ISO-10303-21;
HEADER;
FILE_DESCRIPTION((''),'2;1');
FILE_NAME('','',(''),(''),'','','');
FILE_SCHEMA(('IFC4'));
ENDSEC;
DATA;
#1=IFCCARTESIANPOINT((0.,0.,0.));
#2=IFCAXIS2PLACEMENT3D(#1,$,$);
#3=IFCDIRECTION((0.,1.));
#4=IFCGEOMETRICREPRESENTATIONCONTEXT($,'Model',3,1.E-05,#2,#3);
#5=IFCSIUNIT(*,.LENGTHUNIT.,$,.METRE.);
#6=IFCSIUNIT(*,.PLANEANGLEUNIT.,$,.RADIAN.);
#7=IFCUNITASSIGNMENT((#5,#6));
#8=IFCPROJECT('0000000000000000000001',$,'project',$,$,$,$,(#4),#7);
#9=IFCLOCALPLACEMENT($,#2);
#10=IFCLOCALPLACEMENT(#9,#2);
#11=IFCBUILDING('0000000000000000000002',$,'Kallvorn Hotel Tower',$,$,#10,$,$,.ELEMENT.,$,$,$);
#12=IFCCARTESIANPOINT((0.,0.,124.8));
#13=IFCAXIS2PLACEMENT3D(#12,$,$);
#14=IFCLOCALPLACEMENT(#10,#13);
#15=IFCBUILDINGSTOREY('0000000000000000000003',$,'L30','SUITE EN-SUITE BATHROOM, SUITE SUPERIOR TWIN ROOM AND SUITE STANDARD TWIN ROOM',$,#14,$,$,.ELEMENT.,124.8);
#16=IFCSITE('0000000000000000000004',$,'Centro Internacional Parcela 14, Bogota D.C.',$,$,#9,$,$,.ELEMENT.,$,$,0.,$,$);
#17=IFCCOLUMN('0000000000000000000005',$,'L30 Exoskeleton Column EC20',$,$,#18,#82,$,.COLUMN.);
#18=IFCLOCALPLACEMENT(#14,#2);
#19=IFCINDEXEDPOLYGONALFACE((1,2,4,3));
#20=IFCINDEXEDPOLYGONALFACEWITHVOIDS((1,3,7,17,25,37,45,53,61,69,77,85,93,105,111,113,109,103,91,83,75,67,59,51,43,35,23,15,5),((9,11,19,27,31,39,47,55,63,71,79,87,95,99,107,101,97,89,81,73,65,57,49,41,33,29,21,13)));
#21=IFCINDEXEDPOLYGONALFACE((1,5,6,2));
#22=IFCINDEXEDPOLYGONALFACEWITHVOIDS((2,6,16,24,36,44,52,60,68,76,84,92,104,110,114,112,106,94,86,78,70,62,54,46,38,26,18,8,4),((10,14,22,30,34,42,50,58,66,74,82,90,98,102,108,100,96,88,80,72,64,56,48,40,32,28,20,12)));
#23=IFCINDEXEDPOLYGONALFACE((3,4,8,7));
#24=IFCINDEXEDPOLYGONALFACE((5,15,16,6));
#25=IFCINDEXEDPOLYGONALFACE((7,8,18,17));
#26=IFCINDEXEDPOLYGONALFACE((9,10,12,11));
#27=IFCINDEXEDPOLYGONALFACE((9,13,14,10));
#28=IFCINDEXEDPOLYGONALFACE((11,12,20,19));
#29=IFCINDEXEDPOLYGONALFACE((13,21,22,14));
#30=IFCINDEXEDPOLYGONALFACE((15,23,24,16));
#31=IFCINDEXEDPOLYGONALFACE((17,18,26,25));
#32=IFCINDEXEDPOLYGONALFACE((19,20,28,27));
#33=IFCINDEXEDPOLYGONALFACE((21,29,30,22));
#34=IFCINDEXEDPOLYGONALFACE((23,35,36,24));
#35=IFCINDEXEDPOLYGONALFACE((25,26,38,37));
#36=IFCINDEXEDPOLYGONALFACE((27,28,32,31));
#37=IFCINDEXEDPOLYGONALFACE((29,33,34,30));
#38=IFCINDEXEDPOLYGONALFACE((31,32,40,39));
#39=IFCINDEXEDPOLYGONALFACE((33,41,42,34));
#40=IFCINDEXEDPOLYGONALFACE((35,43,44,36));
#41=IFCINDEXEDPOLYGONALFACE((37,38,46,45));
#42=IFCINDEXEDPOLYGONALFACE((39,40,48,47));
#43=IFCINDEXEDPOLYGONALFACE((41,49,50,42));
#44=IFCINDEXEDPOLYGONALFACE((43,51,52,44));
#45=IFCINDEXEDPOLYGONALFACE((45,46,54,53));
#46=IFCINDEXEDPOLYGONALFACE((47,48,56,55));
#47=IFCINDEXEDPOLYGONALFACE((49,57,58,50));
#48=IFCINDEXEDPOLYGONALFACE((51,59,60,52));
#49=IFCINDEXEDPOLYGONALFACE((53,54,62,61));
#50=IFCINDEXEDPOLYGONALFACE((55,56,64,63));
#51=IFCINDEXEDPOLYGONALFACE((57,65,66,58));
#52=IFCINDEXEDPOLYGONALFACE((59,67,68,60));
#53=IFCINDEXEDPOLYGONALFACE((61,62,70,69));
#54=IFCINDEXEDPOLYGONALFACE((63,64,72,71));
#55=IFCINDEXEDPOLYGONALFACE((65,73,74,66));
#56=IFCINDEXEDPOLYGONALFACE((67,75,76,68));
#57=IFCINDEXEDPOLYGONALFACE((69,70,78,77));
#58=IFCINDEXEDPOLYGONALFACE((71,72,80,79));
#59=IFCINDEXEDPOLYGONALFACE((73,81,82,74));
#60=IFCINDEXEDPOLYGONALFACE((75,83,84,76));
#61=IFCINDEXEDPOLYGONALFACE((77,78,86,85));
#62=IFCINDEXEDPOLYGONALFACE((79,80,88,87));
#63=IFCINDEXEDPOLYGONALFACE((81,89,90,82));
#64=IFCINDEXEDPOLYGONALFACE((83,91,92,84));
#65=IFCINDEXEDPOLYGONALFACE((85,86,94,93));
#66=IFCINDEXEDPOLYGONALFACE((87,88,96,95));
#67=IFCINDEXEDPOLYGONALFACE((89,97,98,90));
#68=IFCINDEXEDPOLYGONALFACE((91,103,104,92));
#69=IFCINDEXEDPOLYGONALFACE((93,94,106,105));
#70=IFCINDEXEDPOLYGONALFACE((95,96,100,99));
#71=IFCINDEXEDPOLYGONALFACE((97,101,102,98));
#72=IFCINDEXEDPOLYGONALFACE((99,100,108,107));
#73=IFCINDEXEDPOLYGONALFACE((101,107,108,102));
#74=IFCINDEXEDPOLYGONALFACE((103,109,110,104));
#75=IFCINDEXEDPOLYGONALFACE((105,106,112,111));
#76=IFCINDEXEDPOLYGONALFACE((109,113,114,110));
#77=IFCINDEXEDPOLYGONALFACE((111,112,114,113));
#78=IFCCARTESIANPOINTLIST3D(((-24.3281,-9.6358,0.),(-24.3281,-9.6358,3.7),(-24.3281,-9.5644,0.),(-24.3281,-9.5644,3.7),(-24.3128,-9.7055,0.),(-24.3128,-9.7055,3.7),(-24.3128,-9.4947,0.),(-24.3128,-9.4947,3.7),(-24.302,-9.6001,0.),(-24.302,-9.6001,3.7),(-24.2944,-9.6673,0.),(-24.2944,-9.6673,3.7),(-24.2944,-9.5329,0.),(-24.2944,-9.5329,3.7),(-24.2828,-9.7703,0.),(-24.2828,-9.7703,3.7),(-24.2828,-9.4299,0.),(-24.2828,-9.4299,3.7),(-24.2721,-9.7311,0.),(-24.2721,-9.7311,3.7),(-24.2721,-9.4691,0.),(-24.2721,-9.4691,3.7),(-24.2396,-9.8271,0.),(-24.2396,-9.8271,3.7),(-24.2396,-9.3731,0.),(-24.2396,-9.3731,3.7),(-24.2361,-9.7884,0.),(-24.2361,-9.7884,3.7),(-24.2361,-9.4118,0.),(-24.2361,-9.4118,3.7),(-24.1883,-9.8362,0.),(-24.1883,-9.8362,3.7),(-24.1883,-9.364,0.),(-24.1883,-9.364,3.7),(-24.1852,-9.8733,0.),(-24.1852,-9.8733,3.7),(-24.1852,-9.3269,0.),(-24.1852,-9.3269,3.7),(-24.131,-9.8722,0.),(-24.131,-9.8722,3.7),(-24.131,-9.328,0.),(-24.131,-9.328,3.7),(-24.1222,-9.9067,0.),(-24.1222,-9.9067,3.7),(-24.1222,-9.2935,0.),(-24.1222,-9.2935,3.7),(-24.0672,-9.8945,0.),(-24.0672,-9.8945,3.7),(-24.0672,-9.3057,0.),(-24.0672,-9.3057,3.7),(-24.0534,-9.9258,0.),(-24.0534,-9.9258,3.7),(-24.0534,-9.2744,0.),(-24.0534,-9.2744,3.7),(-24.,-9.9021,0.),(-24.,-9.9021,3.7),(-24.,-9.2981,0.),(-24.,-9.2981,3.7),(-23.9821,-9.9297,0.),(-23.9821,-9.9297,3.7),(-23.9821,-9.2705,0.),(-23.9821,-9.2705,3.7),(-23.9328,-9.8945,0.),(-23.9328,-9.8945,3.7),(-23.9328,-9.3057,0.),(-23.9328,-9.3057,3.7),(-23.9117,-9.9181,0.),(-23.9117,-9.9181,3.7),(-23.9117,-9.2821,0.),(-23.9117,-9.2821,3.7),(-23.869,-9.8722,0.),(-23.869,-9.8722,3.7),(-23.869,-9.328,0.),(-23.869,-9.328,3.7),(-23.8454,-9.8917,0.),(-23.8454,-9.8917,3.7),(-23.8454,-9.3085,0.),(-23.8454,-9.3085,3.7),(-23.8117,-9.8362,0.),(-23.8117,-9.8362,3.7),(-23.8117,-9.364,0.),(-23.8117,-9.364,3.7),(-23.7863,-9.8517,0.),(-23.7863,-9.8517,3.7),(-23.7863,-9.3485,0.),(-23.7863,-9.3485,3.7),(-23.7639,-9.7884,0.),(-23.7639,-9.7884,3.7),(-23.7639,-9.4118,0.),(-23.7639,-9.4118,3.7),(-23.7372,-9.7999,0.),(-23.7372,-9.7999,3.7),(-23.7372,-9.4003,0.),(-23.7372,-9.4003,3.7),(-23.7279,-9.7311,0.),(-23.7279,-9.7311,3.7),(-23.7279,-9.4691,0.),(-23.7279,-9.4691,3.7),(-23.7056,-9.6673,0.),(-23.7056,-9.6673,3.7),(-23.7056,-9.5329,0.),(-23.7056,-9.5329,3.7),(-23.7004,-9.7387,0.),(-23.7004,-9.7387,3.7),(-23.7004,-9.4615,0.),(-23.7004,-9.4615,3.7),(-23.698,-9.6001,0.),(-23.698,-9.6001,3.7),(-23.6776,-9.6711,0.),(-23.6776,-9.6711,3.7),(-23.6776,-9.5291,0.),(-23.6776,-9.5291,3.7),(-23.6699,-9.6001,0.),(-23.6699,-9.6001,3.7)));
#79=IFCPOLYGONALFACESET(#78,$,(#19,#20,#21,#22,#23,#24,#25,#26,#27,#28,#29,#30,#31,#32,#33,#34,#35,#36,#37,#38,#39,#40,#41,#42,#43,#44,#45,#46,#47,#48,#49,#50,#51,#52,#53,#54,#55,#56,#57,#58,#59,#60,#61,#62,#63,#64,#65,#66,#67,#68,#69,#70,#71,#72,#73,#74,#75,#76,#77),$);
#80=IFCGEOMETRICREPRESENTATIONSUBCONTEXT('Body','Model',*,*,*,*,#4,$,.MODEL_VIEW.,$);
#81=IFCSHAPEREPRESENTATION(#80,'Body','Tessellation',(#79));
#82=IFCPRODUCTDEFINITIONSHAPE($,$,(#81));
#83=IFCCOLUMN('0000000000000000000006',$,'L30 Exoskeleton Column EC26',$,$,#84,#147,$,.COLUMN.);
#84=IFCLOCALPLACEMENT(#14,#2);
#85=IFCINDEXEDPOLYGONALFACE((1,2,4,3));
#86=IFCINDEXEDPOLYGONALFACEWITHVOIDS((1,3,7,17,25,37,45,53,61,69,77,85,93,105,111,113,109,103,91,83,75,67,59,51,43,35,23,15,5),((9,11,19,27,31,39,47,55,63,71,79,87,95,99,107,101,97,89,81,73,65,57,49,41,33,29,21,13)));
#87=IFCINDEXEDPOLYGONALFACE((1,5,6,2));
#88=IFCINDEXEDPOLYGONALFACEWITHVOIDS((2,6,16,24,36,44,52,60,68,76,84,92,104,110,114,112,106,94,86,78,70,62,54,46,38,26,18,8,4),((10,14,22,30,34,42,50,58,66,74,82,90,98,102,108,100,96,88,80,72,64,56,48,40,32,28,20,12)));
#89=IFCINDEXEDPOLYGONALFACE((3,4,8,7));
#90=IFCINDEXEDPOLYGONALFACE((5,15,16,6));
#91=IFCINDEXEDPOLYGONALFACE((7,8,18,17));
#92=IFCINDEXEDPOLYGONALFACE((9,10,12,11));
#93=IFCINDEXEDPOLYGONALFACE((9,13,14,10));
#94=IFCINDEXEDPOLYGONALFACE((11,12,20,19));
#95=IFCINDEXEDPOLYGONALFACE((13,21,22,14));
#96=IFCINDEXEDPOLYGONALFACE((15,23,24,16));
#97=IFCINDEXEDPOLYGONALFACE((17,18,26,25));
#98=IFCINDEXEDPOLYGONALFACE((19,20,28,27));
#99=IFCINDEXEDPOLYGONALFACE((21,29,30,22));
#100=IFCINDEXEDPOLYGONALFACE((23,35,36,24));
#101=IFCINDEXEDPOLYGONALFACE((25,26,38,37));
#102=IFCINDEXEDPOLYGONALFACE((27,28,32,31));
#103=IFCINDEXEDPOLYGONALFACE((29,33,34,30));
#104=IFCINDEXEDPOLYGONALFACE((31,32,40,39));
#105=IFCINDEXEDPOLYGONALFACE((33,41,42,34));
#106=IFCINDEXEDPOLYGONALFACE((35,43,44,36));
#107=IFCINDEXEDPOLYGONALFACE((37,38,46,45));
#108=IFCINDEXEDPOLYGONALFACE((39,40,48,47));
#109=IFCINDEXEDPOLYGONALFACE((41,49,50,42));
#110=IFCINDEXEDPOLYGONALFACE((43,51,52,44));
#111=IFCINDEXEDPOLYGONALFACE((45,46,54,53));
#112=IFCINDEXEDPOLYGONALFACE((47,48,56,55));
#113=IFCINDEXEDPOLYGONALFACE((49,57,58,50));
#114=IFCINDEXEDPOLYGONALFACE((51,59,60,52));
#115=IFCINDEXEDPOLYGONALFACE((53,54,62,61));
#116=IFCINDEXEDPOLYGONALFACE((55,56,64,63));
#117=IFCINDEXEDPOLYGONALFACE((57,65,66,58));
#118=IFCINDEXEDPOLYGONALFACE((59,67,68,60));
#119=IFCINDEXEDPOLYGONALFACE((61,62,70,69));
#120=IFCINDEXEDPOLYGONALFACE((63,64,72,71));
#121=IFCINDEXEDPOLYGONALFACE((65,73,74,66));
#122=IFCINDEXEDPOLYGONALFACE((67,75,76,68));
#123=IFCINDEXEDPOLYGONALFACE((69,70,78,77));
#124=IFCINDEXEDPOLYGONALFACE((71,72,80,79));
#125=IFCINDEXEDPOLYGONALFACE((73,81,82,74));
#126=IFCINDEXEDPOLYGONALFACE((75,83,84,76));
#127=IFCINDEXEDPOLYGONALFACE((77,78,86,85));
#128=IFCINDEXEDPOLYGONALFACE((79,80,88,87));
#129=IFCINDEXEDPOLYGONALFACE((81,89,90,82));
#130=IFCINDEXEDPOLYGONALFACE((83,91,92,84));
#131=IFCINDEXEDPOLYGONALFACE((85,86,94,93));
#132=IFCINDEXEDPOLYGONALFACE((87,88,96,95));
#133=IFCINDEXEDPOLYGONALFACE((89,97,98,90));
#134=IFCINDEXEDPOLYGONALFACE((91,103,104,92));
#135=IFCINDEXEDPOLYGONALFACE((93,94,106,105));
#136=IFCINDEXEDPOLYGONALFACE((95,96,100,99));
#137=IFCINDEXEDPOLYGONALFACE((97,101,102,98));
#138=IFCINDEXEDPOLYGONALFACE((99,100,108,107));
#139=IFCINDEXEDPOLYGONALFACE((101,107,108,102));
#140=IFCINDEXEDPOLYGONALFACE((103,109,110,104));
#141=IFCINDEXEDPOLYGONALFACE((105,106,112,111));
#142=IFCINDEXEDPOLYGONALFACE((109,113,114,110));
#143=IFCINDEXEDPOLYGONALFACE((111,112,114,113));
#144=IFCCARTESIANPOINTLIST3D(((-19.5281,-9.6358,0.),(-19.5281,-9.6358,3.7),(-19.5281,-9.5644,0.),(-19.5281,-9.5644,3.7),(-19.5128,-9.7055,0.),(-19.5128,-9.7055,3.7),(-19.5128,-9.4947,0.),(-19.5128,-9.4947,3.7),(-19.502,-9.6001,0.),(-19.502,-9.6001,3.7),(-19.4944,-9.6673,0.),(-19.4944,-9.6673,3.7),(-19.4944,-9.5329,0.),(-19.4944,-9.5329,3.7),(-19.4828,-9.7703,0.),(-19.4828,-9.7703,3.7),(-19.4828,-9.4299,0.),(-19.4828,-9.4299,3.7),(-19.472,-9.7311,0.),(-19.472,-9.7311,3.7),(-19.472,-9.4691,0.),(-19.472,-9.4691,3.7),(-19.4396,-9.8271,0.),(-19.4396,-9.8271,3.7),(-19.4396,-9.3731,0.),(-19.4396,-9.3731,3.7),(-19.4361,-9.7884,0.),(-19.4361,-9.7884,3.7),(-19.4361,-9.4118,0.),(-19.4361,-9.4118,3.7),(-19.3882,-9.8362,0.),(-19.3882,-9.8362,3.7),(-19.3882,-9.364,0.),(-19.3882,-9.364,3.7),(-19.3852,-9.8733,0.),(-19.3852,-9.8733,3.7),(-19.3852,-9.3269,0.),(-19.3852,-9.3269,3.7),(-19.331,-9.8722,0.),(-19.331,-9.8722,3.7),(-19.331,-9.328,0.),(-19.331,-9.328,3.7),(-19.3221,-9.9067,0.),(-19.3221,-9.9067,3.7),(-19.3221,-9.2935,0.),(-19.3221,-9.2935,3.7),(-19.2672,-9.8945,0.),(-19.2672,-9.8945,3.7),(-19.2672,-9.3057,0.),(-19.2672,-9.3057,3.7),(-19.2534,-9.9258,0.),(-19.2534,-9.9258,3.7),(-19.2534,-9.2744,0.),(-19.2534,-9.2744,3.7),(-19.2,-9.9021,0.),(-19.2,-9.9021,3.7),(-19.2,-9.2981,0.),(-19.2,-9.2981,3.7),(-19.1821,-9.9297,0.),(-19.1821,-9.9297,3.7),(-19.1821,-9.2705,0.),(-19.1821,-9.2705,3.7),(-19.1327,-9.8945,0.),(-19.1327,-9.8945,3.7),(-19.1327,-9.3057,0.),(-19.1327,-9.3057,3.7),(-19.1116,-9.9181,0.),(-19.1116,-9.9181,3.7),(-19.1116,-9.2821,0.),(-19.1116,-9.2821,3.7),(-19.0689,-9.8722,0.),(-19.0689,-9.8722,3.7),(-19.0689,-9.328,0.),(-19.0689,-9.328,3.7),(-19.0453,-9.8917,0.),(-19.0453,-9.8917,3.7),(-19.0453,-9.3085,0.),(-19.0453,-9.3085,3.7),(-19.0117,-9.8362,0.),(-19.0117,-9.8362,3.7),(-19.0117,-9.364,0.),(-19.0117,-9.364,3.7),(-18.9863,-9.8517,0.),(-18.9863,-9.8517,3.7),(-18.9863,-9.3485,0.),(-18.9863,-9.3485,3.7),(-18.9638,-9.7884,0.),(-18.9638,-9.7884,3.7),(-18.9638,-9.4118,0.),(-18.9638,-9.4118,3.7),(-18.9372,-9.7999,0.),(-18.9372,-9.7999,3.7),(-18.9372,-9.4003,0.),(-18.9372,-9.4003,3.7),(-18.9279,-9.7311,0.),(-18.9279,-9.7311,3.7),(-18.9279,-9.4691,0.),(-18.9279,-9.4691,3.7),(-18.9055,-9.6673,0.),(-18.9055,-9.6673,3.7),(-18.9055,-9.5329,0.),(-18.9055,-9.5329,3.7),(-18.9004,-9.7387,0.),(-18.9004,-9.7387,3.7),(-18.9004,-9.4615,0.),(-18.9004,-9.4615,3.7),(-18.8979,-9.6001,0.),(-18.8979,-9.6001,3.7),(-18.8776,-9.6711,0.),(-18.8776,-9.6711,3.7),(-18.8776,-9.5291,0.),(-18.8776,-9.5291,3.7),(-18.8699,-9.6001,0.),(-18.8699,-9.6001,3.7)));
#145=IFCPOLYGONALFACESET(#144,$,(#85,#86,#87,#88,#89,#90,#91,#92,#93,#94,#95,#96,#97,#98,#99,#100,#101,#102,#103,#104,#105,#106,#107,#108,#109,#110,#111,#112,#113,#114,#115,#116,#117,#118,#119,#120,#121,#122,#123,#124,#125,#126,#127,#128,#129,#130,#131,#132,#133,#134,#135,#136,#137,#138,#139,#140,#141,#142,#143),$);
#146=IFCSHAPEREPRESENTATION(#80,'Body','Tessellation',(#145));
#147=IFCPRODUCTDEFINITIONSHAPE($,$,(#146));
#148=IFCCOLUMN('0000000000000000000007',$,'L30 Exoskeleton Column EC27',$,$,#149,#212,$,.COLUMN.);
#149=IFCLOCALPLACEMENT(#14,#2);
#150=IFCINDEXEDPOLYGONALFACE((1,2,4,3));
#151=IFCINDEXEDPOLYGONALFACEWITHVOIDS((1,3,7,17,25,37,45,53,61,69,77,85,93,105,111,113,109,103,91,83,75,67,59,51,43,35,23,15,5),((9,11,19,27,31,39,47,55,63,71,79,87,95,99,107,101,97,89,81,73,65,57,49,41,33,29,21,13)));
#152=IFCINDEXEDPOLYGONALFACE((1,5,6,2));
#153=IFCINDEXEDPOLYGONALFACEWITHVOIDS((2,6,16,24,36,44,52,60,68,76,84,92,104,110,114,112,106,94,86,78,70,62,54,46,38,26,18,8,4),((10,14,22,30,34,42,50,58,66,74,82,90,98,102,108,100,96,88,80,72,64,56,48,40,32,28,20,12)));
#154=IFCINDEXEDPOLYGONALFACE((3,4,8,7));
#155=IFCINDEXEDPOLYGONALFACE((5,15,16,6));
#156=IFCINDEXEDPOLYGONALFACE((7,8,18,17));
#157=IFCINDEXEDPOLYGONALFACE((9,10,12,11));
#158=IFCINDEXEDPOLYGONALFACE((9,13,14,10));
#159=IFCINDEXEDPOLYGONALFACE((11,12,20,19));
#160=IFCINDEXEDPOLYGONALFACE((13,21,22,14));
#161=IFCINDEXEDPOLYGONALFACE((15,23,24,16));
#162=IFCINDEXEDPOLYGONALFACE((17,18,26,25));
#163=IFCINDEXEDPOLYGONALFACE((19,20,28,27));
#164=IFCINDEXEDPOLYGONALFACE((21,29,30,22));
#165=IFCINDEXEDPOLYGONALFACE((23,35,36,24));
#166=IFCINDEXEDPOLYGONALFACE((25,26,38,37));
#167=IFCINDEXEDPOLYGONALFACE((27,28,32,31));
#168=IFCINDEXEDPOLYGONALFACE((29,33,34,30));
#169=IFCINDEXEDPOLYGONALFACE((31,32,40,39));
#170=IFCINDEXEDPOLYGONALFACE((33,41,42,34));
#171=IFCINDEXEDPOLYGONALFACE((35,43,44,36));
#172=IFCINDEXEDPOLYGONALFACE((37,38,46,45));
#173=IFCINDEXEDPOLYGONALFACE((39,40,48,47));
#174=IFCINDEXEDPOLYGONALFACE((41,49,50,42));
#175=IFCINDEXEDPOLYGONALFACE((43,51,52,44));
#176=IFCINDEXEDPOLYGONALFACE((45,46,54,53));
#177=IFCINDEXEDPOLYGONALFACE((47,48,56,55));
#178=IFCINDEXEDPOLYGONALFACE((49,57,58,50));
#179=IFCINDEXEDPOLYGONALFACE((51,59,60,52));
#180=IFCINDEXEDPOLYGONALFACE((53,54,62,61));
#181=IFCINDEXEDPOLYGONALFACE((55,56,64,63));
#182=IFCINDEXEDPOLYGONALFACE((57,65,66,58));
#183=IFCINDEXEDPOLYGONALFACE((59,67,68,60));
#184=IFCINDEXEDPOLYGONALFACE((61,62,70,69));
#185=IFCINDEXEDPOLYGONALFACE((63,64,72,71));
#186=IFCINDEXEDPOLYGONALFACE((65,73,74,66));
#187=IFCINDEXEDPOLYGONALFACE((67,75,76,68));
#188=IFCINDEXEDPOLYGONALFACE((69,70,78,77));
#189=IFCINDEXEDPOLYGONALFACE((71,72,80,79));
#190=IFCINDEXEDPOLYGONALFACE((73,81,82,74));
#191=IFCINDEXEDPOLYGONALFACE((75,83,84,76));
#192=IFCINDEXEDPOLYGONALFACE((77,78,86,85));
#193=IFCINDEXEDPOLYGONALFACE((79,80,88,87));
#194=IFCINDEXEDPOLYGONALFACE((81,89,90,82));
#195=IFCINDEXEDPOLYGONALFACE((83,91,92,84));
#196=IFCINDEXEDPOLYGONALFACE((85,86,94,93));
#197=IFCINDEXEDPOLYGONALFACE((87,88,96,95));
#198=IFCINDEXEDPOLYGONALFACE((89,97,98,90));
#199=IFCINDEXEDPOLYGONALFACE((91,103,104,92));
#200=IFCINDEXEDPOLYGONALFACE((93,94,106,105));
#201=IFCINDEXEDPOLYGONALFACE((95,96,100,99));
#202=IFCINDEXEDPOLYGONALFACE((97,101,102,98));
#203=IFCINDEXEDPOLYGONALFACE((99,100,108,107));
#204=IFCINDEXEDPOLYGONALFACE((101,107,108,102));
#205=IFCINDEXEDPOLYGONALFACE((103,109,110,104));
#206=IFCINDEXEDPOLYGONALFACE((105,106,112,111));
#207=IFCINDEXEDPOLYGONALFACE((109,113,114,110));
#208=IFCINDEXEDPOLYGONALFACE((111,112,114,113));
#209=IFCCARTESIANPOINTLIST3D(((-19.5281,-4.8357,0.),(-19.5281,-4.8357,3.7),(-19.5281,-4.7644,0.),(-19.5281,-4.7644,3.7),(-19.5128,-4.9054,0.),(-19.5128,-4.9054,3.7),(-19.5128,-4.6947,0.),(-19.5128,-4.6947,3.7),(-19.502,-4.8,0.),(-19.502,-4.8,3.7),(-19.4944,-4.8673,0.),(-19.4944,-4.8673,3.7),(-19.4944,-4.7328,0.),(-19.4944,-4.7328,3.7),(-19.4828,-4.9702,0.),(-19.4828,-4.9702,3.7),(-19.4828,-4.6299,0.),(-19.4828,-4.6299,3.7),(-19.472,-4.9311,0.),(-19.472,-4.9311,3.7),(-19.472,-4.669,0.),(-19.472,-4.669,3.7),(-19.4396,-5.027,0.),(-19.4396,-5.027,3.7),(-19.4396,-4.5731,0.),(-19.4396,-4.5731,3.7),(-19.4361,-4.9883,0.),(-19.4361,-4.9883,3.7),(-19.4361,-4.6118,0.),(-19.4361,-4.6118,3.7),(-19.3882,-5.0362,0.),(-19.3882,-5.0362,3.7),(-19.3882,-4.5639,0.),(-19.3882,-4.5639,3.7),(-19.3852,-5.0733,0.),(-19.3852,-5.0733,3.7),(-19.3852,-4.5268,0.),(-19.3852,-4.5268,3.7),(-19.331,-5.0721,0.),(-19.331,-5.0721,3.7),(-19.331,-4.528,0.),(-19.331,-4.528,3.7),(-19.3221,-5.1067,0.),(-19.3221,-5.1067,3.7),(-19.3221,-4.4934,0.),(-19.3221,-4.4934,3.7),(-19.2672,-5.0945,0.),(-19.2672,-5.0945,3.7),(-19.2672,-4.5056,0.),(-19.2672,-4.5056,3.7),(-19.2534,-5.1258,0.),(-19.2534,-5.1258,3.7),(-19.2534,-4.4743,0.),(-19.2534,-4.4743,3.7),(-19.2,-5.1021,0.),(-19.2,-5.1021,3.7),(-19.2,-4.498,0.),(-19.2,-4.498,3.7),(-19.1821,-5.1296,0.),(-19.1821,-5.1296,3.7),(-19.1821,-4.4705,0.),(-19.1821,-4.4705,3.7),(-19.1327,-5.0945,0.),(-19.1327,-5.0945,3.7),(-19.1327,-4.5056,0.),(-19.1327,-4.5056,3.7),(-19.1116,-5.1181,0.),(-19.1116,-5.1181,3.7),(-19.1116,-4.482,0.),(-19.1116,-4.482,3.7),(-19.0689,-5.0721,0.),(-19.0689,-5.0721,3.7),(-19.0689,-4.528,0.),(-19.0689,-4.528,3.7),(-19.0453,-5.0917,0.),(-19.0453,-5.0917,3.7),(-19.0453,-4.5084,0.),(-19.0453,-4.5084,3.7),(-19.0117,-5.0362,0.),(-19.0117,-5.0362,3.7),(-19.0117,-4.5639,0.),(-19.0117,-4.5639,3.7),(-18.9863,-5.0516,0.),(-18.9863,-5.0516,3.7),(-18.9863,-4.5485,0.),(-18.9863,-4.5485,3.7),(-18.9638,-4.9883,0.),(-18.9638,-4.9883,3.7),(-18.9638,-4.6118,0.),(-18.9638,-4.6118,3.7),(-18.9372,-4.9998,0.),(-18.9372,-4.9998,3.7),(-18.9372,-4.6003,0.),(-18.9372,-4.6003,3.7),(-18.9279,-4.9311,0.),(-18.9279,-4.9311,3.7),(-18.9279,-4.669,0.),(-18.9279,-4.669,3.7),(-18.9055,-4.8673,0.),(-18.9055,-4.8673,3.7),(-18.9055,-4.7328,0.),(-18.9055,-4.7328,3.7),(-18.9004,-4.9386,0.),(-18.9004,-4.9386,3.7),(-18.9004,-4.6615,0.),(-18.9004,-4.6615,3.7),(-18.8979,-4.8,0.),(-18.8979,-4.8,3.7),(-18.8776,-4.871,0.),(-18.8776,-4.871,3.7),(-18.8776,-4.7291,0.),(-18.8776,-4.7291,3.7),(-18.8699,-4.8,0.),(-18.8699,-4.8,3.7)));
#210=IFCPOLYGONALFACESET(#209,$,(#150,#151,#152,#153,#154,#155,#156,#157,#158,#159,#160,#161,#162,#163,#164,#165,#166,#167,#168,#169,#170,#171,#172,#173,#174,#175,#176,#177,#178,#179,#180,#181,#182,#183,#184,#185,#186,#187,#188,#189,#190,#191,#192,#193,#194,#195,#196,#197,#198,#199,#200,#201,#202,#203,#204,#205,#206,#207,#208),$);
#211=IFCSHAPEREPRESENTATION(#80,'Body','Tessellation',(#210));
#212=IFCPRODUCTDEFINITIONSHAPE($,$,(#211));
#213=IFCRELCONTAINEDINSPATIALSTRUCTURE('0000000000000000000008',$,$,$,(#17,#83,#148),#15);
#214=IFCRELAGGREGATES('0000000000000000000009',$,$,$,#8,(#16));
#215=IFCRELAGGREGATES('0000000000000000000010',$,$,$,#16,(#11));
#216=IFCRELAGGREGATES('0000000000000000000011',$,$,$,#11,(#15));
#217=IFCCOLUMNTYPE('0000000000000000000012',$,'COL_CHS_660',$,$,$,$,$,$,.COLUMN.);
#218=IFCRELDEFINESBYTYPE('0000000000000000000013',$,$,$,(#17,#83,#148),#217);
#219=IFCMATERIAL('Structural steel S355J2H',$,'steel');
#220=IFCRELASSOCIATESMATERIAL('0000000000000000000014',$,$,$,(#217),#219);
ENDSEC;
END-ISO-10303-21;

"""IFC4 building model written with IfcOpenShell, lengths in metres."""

from ifc_helpers import new_model, si_unit, direction, frame, origin, origin_2d, place, context, subcontext, project, spatial, hollow_circle, extrude, material, material_profile, profile_set, type_object, element, save


model = new_model("IFC4")

# Units and contexts
model_context = context("Model", 3, precision=1e-05, world=origin(), true_north=direction((0.0, 1.0)))
body_context = subcontext(model_context, "Body", "Model", "MODEL_VIEW")
ifc_project = project(units=[si_unit("LENGTHUNIT", "METRE"), si_unit("PLANEANGLEUNIT", "RADIAN")], contexts=[model_context])

# Site, building, storey
site_placement = place(None, origin())
site = spatial("IfcSite", under=ifc_project, at=site_placement, Name="Centro Internacional Parcela 14, Bogota D.C.", CompositionType="ELEMENT", RefElevation=0.0)
building_placement = place(site_placement, origin())
building = spatial("IfcBuilding", under=site, at=building_placement, Name="Kallvorn Hotel Tower", CompositionType="ELEMENT")
storey_placement = place(building_placement, frame((0.0, 0.0, 124.8)))
storey = spatial("IfcBuildingStorey", under=building, at=storey_placement, Name="L30", Description="SUITE EN-SUITE BATHROOM, SUITE SUPERIOR TWIN ROOM AND SUITE STANDARD TWIN ROOM", CompositionType="ELEMENT", Elevation=124.8)

# Columns
ifc_material_1 = material(Name="Structural steel S355J2H", Category="steel")
ifc_material_profile_1 = material_profile(ifc_material_1, hollow_circle(Radius=0.3301, WallThickness=0.0281, at=origin_2d()), Name="CHS 660x28")
ifc_profile_set_1 = profile_set([ifc_material_profile_1], Name="Structural steel S355J2H")
column_type_1 = type_object("IfcColumnType", Name="COL_CHS_660", PredefinedType="COLUMN", material=ifc_profile_set_1)
for number, where, z_axis, x_axis, name in (
    (1, (-24.0, -9.6001, 0.0), (0.0, 0.0, 1.0), (1.0, 0.0, 0.0), "L30 Exoskeleton Column EC20"),
    (2, (-19.2, -9.6001, 0.0), (0.0, 0.0, 1.0), (1.0, 0.0, 0.0), "L30 Exoskeleton Column EC26"),
    (3, (-19.2, -4.8, 0.0), (0.0, 0.0, 1.0), (1.0, 0.0, 0.0), "L30 Exoskeleton Column EC27"),
):
    element("IfcColumn", number, at=place(storey_placement, frame(where, z_axis=z_axis, x_axis=x_axis)), inside=storey, type_object=column_type_1, Name=name, PredefinedType="COLUMN", context=body_context, shape_type="SweptSolid", body=[
        extrude(hollow_circle(Radius=0.3301, WallThickness=0.0281, at=origin_2d()), origin(), (0.0, 0.0, 1.0), 3.7),
    ])

save(model, "model.ifc")
